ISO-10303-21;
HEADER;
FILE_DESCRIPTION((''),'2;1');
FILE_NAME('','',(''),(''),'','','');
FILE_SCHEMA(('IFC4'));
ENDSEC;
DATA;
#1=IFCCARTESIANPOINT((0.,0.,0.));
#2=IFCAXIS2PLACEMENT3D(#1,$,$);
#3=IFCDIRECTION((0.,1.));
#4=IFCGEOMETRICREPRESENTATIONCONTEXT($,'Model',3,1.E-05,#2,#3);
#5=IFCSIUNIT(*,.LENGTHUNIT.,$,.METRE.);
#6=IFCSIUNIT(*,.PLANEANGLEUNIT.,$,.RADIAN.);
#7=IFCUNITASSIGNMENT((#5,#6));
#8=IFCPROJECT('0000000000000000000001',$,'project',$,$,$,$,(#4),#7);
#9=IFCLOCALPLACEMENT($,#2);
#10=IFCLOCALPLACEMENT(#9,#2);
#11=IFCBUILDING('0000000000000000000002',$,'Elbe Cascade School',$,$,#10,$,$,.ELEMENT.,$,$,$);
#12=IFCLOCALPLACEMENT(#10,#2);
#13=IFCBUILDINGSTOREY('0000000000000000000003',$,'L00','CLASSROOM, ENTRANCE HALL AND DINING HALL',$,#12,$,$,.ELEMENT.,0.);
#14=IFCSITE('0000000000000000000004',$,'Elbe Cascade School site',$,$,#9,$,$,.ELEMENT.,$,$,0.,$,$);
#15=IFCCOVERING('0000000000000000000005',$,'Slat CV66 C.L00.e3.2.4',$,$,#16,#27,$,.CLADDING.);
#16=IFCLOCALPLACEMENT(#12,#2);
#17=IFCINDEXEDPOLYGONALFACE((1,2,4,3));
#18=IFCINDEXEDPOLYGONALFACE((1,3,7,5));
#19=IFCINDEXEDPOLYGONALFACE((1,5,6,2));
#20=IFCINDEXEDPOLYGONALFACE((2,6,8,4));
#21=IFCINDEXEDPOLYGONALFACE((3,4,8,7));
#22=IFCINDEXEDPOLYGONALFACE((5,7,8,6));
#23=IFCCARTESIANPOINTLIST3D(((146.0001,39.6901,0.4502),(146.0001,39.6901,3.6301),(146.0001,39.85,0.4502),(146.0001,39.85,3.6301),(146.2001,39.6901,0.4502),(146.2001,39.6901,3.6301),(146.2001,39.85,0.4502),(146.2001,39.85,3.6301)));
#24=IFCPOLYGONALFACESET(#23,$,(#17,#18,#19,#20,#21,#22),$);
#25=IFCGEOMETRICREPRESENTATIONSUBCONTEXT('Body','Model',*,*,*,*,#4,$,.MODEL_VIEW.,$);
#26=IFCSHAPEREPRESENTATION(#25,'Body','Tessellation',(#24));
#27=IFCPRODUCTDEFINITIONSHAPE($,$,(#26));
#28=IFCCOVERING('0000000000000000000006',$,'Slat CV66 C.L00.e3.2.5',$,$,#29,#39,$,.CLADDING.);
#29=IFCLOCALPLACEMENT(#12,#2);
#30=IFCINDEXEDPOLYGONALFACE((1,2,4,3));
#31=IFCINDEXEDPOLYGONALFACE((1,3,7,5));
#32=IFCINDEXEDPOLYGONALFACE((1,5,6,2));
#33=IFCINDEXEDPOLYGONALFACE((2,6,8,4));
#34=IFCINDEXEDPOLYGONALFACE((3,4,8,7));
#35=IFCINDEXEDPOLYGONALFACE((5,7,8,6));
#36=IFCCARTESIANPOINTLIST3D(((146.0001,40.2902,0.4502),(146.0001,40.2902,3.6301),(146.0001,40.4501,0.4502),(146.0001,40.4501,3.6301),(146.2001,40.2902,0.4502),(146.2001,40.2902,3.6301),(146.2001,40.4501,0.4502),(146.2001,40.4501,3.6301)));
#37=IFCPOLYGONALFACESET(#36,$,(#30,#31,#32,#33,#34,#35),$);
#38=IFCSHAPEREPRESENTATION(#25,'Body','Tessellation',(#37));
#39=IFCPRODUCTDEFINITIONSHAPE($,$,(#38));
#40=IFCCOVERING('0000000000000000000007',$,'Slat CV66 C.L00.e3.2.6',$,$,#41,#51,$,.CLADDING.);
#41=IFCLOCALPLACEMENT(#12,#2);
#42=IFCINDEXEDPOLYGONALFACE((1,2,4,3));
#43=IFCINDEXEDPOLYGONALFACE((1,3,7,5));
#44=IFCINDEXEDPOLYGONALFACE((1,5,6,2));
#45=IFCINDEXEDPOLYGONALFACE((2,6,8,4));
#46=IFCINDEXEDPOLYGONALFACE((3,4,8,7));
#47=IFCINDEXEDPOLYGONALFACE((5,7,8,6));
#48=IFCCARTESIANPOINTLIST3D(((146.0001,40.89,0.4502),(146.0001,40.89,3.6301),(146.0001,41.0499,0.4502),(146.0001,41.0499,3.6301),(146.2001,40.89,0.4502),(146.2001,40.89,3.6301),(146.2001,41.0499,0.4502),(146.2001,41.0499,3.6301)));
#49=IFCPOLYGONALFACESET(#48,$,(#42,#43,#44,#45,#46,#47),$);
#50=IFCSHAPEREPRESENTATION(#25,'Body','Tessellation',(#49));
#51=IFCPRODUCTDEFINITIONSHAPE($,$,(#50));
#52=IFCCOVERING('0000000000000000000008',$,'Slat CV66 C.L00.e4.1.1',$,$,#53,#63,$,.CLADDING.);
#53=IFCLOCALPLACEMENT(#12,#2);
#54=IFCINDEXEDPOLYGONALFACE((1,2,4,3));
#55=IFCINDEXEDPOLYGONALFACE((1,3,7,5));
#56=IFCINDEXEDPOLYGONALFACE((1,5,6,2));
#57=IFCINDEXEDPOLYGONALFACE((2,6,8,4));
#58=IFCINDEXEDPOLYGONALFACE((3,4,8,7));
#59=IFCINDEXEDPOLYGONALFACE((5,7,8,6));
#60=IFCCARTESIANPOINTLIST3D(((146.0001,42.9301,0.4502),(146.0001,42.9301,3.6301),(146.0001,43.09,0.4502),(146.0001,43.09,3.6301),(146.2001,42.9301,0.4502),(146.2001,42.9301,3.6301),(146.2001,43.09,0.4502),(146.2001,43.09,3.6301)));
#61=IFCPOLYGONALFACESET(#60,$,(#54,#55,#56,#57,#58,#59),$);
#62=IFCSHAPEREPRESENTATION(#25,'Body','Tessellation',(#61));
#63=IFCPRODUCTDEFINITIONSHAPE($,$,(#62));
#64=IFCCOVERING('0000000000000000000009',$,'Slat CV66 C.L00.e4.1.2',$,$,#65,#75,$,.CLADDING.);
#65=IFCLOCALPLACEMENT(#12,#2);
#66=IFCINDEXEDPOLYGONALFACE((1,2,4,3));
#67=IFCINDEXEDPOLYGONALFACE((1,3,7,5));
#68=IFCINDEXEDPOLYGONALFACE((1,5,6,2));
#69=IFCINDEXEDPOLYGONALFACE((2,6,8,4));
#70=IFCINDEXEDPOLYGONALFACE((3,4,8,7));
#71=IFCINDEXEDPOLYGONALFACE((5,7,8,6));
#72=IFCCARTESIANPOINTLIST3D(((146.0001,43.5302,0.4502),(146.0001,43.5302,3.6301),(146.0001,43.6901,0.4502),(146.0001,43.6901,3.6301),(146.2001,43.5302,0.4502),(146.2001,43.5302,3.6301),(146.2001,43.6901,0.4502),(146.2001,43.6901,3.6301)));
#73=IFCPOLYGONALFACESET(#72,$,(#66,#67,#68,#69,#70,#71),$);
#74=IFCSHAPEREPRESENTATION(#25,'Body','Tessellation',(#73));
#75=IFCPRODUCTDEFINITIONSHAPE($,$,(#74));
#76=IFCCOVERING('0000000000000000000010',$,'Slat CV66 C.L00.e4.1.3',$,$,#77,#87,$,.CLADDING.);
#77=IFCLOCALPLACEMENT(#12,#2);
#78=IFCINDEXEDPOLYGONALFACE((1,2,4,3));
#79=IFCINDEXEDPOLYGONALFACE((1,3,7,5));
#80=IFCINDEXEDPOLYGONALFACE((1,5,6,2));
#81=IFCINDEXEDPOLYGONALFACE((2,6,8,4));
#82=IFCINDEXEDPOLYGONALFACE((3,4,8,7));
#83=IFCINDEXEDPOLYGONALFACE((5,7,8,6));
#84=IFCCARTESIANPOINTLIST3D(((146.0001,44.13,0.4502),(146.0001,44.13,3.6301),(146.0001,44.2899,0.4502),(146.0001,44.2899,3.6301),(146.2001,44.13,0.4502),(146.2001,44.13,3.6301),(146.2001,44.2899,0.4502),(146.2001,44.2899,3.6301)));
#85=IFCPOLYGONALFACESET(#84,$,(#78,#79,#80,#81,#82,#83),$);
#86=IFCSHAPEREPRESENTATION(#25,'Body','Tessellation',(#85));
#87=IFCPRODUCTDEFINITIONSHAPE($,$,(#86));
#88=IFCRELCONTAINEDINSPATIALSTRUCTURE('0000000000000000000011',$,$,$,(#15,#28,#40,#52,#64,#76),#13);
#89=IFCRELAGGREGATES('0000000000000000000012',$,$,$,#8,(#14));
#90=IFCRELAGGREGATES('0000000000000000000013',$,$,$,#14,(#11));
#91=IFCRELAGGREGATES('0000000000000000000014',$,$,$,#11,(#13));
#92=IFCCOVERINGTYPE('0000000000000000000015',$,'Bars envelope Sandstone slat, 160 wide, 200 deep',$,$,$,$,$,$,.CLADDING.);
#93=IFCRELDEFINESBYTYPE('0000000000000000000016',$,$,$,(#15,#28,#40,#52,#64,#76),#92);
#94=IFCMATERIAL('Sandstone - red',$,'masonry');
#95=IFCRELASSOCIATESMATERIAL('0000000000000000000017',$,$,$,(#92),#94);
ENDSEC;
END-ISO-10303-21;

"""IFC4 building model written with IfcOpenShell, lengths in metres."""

from ifc_helpers import new_model, si_unit, direction, frame, origin, origin_2d, place, context, subcontext, project, spatial, rectangle, extrude, material, type_object, element, save


model = new_model("IFC4")

# Units and contexts
model_context = context("Model", 3, precision=1e-05, world=origin(), true_north=direction((0.0, 1.0)))
body_context = subcontext(model_context, "Body", "Model", "MODEL_VIEW")
ifc_project = project(units=[si_unit("LENGTHUNIT", "METRE"), si_unit("PLANEANGLEUNIT", "RADIAN")], contexts=[model_context])

# Site, building, storey
site_placement = place(None, origin())
site = spatial("IfcSite", under=ifc_project, at=site_placement, Name="Elbe Cascade School site", CompositionType="ELEMENT", RefElevation=0.0)
building_placement = place(site_placement, origin())
building = spatial("IfcBuilding", under=site, at=building_placement, Name="Elbe Cascade School", CompositionType="ELEMENT")
storey_placement = place(building_placement, origin())
storey = spatial("IfcBuildingStorey", under=building, at=storey_placement, Name="L00", Description="CLASSROOM, ENTRANCE HALL AND DINING HALL", CompositionType="ELEMENT", Elevation=0.0)

# Coverings
ifc_material_1 = material(Name="Sandstone - red", Category="masonry")
covering_type_1 = type_object("IfcCoveringType", Name="Bars envelope Sandstone slat, 160 wide, 200 deep", PredefinedType="CLADDING", material=ifc_material_1)
for number, where, z_axis, x_axis, name in (
    (1, (146.1001, 39.77, 0.4502), (0.0, 0.0, 1.0), (0.0, 1.0, 0.0), "Slat CV66 C.L00.e3.2.4"),
    (2, (146.1001, 40.3701, 0.4502), (0.0, 0.0, 1.0), (0.0, 1.0, 0.0), "Slat CV66 C.L00.e3.2.5"),
    (3, (146.1001, 40.97, 0.4502), (0.0, 0.0, 1.0), (0.0, 1.0, 0.0), "Slat CV66 C.L00.e3.2.6"),
    (4, (146.1001, 43.01, 0.4502), (0.0, 0.0, 1.0), (0.0, 1.0, 0.0), "Slat CV66 C.L00.e4.1.1"),
    (5, (146.1001, 43.6101, 0.4502), (0.0, 0.0, 1.0), (0.0, 1.0, 0.0), "Slat CV66 C.L00.e4.1.2"),
    (6, (146.1001, 44.21, 0.4502), (0.0, 0.0, 1.0), (0.0, 1.0, 0.0), "Slat CV66 C.L00.e4.1.3"),
):
    element("IfcCovering", number, at=place(storey_placement, frame(where, z_axis=z_axis, x_axis=x_axis)), inside=storey, type_object=covering_type_1, Name=name, PredefinedType="CLADDING", context=body_context, shape_type="SweptSolid", body=[
        extrude(rectangle(XDim=0.1599, YDim=0.2, at=origin_2d()), origin(), (0.0, 0.0, 1.0), 3.1799),
    ])

save(model, "model.ifc")
